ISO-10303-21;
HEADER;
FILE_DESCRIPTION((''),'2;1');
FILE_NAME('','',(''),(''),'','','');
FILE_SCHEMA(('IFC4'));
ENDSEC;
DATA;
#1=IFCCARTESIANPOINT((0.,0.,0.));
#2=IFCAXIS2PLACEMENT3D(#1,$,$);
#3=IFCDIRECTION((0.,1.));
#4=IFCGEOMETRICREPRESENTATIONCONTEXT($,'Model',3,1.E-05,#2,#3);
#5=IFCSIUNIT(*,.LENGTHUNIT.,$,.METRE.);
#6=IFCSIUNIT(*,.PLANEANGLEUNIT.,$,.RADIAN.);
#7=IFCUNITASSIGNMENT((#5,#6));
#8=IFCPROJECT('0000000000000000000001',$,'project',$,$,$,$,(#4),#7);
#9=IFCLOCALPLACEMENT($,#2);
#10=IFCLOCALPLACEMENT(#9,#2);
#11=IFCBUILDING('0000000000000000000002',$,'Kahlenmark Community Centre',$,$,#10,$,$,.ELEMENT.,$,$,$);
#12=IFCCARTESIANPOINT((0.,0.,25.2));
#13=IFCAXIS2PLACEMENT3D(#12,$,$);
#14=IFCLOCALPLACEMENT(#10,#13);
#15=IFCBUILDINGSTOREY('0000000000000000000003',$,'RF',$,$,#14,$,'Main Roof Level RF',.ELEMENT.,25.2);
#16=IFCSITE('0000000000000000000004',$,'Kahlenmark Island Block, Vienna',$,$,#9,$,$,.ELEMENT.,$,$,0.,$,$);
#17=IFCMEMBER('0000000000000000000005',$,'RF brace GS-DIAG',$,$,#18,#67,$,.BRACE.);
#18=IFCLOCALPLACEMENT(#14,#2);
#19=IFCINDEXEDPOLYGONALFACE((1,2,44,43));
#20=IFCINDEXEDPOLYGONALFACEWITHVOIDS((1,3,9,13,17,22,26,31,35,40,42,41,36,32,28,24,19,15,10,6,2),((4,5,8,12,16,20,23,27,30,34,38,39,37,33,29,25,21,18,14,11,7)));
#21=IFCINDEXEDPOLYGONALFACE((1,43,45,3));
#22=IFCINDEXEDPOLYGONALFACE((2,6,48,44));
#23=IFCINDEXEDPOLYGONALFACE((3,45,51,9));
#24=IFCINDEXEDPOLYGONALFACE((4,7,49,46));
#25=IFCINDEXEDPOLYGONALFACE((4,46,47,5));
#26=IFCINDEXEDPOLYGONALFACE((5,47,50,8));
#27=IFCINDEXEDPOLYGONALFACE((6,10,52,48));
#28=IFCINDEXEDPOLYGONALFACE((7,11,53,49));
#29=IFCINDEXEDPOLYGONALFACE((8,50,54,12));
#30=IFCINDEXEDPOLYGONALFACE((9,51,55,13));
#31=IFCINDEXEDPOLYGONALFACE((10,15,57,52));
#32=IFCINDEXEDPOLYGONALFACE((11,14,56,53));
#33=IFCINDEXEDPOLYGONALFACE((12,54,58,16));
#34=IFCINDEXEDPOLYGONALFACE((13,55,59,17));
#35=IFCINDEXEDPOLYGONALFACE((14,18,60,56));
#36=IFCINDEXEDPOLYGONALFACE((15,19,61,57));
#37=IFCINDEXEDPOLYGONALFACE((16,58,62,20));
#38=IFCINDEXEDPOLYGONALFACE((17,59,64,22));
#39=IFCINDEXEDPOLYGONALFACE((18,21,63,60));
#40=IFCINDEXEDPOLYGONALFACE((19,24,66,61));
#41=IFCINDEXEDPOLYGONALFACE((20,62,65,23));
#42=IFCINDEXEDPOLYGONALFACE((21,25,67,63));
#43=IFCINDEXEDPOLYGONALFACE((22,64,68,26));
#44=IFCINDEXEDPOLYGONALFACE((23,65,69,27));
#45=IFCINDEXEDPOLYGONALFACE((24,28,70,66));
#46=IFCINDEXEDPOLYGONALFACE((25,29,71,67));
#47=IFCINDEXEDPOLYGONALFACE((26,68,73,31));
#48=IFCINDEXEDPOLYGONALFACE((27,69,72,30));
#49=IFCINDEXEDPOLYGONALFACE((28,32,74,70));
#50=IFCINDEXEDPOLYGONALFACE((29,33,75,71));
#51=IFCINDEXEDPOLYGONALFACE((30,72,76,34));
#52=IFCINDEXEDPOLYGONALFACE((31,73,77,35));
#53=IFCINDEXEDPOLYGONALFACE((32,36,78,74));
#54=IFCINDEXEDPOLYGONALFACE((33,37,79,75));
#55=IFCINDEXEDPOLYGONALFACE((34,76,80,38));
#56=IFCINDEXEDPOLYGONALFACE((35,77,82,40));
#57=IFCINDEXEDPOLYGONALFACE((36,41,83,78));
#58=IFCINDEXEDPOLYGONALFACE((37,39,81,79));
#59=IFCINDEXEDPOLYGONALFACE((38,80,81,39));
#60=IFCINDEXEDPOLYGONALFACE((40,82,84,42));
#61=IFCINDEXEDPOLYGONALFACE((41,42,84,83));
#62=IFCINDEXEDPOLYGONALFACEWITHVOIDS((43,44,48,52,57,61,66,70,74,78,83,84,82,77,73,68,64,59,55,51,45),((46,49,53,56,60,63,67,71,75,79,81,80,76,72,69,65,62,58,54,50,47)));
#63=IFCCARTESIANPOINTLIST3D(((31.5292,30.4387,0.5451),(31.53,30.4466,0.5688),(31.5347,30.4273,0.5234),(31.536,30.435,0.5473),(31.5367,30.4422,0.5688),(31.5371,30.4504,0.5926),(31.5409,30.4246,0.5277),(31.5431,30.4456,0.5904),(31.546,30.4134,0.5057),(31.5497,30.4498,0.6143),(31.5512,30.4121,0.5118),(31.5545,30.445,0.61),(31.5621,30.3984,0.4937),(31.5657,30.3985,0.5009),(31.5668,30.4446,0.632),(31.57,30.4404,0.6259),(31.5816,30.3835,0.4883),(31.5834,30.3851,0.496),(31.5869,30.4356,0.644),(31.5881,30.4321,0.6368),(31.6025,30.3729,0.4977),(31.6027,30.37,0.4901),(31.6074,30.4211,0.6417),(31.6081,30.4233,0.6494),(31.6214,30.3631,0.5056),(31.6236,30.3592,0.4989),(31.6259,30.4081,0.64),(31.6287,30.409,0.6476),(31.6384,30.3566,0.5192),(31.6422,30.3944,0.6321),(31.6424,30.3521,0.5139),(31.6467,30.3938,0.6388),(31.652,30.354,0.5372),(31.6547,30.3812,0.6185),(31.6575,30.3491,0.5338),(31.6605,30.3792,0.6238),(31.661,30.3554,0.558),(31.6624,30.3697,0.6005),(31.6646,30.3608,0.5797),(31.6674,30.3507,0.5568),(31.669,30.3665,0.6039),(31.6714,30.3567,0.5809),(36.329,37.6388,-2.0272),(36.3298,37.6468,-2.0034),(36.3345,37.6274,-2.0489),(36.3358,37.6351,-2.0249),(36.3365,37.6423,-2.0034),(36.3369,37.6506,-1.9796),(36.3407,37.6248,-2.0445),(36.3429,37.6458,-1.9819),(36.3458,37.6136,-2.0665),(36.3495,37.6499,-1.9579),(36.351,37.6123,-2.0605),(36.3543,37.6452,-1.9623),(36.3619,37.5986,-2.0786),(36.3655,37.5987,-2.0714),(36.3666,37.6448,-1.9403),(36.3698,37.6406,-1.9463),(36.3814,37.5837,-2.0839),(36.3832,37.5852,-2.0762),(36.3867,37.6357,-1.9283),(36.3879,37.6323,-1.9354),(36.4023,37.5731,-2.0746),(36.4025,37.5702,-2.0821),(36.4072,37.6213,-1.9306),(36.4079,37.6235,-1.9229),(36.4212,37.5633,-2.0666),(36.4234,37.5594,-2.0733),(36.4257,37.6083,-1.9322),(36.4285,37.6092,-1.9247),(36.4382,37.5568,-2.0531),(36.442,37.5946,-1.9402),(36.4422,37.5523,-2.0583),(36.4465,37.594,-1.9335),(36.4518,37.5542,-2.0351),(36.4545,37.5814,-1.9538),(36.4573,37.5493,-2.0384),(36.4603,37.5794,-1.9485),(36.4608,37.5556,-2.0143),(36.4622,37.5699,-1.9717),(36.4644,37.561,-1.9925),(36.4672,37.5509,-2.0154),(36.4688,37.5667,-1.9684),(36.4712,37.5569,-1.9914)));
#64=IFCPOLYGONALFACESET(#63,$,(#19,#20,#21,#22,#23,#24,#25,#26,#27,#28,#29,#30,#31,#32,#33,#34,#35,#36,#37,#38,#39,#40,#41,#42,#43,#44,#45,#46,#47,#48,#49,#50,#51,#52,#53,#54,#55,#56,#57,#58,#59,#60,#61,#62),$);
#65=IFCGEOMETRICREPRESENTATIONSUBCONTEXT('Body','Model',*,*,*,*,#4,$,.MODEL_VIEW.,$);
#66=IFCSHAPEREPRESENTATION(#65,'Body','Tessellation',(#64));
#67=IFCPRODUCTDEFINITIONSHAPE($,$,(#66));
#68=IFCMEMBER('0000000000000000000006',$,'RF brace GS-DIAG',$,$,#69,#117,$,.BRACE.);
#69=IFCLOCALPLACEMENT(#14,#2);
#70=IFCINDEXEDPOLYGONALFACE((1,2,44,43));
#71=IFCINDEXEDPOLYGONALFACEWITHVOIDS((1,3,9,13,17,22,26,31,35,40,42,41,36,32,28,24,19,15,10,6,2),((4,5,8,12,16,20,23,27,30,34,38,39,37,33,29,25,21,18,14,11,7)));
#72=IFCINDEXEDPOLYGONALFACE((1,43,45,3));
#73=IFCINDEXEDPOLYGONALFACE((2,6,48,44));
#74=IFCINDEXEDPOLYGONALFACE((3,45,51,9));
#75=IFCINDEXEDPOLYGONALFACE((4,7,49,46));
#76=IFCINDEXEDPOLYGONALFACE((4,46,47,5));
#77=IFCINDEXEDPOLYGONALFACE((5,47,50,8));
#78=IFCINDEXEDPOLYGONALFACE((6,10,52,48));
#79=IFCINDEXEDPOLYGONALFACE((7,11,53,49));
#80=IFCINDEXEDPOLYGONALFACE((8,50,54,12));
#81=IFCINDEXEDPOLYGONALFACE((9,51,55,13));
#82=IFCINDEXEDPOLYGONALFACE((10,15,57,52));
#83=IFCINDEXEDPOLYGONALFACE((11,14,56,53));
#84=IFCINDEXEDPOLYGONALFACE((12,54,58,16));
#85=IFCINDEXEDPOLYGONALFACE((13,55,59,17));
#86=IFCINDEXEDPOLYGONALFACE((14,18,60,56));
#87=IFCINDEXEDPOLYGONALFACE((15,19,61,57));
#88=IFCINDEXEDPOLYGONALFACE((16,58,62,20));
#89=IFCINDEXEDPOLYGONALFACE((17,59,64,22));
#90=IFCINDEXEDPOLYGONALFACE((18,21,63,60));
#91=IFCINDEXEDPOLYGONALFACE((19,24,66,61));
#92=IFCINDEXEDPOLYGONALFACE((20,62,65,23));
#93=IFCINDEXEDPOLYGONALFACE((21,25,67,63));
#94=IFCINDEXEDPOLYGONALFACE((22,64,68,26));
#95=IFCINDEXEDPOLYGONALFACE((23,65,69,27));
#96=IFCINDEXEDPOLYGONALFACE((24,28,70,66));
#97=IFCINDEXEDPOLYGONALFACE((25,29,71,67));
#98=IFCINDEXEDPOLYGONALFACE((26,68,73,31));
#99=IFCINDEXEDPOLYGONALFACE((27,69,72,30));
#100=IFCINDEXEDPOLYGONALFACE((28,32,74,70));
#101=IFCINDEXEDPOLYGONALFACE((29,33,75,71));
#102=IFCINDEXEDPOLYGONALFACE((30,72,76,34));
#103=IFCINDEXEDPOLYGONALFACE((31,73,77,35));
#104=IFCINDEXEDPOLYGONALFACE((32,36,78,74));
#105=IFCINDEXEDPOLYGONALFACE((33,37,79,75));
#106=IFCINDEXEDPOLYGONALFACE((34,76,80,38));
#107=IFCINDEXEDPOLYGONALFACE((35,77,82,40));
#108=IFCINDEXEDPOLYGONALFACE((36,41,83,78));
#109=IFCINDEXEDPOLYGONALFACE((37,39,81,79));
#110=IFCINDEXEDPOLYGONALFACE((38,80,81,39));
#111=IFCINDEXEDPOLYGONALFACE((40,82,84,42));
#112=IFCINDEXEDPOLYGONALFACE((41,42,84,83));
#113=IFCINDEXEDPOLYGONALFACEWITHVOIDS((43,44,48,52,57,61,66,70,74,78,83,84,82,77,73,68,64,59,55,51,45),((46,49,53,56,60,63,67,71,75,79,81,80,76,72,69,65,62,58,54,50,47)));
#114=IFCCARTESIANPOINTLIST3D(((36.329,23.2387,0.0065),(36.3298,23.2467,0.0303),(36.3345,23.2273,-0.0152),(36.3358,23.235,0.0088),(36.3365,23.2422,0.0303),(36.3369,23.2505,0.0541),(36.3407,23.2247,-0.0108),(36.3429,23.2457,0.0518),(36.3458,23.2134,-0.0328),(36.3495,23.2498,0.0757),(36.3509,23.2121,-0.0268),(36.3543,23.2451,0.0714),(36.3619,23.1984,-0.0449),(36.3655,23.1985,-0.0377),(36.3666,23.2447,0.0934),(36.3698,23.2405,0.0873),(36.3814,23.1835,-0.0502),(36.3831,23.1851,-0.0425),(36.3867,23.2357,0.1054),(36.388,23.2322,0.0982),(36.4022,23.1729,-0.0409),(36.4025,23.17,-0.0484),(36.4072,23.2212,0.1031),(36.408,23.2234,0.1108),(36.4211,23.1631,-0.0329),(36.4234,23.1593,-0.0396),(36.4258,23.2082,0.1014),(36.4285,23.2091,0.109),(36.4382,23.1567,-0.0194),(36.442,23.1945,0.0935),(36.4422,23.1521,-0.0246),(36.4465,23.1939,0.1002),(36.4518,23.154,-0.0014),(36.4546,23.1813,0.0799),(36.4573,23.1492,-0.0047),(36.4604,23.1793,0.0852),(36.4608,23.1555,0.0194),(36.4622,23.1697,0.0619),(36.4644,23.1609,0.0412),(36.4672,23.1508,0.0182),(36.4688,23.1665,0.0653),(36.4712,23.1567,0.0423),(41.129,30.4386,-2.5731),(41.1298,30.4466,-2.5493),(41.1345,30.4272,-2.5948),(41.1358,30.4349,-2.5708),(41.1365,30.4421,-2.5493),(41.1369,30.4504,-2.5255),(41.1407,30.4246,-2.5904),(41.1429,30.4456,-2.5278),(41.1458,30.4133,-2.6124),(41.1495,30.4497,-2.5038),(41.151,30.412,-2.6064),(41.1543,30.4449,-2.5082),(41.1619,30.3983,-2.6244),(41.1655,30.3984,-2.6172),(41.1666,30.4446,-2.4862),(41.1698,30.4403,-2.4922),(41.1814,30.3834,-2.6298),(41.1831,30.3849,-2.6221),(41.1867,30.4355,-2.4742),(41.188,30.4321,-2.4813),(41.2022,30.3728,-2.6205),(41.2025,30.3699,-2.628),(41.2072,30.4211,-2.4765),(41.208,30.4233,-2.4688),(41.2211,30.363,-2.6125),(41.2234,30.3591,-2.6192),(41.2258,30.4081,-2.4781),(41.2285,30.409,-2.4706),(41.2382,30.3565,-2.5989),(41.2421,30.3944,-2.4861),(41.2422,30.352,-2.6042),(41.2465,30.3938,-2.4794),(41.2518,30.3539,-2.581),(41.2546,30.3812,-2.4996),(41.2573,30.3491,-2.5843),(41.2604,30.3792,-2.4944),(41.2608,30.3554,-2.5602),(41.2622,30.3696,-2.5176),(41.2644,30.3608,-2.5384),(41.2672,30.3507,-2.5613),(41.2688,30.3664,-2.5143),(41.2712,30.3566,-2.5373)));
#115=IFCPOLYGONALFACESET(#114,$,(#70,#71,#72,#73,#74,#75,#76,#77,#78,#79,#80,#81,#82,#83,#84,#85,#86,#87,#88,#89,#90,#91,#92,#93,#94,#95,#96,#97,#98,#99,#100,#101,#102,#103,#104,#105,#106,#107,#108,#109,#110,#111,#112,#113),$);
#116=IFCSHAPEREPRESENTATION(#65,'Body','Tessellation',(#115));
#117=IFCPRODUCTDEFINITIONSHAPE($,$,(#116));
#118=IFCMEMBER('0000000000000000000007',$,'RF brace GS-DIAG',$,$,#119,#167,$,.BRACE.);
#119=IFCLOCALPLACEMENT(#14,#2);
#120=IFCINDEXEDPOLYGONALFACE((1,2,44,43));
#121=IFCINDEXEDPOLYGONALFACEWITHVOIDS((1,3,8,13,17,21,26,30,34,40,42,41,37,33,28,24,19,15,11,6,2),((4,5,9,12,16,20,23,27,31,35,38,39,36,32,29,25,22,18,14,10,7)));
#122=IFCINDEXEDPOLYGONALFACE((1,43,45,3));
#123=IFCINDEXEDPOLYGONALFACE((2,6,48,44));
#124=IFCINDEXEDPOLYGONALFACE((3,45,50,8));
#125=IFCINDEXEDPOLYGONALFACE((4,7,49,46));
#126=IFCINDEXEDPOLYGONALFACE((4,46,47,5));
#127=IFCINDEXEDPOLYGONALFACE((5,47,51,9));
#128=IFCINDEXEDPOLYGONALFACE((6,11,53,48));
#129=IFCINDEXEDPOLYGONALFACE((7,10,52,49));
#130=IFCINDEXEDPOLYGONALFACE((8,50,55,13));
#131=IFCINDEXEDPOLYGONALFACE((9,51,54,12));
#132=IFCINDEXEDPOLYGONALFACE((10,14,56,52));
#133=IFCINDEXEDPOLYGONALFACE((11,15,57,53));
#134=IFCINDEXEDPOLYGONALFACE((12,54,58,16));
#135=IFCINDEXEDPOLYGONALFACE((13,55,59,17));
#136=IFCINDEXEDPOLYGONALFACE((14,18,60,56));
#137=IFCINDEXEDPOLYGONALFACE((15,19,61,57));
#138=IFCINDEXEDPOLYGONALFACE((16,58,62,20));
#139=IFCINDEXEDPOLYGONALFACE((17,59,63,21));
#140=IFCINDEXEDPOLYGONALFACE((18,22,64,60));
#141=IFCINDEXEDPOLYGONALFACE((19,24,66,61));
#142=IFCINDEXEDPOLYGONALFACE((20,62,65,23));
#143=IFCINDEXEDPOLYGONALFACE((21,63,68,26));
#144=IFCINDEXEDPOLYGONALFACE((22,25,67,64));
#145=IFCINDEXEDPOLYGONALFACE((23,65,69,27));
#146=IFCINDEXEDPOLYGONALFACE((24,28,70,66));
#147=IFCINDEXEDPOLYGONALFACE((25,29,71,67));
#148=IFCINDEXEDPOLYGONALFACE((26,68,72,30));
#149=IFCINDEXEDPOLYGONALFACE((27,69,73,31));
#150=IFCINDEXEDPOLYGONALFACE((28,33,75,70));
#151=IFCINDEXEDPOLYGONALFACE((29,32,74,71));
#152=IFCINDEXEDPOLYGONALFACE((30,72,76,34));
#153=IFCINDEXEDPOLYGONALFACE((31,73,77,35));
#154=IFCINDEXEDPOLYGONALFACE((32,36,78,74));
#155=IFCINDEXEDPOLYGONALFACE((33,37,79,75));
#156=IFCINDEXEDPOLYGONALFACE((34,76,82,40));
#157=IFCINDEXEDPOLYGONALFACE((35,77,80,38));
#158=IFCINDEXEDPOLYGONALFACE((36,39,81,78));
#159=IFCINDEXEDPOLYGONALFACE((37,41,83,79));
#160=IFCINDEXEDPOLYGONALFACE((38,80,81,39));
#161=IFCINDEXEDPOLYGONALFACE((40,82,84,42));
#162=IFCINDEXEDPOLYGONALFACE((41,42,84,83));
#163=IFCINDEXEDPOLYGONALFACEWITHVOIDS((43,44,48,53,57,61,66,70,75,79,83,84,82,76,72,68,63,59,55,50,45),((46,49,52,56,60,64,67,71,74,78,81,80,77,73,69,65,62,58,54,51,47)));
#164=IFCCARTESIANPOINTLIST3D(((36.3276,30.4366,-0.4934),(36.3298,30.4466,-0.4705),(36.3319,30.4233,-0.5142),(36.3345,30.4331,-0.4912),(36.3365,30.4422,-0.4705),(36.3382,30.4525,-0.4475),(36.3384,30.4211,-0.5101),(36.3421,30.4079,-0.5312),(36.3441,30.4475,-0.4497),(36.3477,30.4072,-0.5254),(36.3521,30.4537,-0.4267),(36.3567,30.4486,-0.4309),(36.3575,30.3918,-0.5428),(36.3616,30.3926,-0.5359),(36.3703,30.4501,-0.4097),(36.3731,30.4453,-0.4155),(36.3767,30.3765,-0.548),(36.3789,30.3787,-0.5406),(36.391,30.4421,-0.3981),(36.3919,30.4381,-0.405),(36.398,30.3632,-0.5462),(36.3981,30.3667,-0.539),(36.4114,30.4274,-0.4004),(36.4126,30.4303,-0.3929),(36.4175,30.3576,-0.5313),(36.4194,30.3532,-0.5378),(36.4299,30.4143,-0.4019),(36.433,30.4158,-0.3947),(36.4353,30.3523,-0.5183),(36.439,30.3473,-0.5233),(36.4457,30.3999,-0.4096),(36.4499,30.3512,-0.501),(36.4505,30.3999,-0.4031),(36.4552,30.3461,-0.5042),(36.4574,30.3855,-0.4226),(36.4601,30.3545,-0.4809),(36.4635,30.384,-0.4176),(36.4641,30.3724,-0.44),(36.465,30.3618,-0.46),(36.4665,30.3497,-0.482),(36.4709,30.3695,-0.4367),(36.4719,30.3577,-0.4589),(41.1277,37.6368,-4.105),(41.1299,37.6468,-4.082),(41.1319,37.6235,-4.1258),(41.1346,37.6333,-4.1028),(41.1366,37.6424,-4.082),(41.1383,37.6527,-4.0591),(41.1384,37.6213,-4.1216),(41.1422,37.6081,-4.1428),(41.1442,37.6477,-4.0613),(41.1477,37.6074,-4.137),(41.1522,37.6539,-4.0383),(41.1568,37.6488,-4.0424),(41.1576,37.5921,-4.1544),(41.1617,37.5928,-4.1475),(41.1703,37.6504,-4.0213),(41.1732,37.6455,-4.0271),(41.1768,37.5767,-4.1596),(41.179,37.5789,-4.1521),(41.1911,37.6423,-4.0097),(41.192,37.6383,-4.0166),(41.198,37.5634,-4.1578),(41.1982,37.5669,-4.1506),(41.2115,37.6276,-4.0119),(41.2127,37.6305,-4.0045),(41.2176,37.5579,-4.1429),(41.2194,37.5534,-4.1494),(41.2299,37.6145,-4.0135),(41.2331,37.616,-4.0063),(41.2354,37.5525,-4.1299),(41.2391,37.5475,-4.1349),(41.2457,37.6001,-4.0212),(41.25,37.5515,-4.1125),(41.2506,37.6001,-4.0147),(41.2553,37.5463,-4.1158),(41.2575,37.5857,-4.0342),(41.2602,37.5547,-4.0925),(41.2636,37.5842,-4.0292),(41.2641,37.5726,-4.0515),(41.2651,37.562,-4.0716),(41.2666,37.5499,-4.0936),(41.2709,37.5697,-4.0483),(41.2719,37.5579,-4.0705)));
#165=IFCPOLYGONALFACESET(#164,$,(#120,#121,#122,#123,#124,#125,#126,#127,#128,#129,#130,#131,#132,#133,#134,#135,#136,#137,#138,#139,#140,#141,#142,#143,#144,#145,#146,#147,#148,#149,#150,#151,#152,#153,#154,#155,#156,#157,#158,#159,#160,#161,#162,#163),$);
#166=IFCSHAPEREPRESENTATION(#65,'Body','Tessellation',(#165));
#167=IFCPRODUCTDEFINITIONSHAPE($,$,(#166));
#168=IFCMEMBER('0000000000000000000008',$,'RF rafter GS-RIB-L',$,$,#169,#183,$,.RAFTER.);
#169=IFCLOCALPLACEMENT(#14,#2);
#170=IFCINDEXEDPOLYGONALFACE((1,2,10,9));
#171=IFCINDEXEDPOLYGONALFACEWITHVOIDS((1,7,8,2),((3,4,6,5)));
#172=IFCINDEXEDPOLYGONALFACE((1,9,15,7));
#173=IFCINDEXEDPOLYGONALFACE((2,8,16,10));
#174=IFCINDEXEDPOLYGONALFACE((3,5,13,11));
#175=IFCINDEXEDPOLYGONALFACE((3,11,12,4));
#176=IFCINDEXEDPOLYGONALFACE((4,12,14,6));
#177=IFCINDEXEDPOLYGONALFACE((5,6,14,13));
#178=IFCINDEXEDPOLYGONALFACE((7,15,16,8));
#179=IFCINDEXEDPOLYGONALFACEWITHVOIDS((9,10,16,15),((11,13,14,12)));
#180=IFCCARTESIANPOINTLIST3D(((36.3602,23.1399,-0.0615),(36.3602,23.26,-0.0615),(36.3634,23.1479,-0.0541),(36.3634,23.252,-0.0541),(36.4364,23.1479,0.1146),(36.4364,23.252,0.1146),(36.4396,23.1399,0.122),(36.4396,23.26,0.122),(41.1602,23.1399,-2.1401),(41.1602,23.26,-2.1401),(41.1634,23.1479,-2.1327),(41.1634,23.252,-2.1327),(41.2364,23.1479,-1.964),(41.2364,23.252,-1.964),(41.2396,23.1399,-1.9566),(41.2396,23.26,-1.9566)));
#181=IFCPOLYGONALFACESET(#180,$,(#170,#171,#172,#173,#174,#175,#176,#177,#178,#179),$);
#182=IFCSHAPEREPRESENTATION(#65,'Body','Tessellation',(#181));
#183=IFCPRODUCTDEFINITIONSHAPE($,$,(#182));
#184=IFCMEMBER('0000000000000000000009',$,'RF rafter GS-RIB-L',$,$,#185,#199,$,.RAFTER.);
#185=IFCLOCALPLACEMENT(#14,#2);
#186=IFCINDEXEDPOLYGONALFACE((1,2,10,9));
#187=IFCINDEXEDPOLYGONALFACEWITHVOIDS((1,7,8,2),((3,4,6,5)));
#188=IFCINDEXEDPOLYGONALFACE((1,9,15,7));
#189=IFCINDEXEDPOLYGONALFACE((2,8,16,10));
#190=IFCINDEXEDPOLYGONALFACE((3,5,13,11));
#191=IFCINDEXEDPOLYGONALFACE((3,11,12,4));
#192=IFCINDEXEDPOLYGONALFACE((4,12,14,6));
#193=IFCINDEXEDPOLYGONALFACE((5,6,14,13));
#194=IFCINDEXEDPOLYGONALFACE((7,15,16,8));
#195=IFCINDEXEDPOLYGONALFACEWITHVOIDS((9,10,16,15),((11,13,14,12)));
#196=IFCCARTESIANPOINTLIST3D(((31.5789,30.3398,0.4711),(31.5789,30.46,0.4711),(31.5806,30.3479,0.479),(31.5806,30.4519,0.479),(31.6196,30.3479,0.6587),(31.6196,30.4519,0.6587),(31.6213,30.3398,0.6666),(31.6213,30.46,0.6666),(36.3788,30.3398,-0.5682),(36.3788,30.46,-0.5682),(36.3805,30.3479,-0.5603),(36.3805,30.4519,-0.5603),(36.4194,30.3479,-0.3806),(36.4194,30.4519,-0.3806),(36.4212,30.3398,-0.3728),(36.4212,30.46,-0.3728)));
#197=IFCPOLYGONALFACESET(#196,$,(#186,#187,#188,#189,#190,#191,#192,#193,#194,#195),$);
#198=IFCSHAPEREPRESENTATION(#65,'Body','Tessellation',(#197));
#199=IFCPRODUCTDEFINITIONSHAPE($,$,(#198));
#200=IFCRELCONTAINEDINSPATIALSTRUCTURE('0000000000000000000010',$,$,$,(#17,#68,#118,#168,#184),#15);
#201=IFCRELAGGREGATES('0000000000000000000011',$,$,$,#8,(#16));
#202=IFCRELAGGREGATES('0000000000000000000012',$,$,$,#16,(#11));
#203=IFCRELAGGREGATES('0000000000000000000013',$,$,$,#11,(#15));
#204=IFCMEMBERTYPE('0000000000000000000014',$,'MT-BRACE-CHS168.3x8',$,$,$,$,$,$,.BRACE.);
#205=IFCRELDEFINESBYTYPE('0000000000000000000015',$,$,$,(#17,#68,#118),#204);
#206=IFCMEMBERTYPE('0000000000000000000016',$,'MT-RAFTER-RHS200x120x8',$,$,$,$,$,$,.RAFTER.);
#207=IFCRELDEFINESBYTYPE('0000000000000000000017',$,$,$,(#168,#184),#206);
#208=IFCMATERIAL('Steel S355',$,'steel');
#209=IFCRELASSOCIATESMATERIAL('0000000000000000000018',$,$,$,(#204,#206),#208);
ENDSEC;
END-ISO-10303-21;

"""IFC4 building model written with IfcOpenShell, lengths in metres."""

from ifc_helpers import new_model, si_unit, direction, frame, origin, origin_2d, place, context, subcontext, project, spatial, hollow_rectangle, hollow_circle, extrude, material, material_profile, profile_set, type_object, element, save


model = new_model("IFC4")

# Units and contexts
model_context = context("Model", 3, precision=1e-05, world=origin(), true_north=direction((0.0, 1.0)))
body_context = subcontext(model_context, "Body", "Model", "MODEL_VIEW")
ifc_project = project(units=[si_unit("LENGTHUNIT", "METRE"), si_unit("PLANEANGLEUNIT", "RADIAN")], contexts=[model_context])

# Site, building, storey
site_placement = place(None, origin())
site = spatial("IfcSite", under=ifc_project, at=site_placement, Name="Kahlenmark Island Block, Vienna", CompositionType="ELEMENT", RefElevation=0.0)
building_placement = place(site_placement, origin())
building = spatial("IfcBuilding", under=site, at=building_placement, Name="Kahlenmark Community Centre", CompositionType="ELEMENT")
storey_placement = place(building_placement, frame((0.0, 0.0, 25.2)))
storey = spatial("IfcBuildingStorey", under=building, at=storey_placement, Name="RF", LongName="Main Roof Level RF", CompositionType="ELEMENT", Elevation=25.2)

# Members
ifc_material_1 = material(Name="Steel S355", Category="steel")
ifc_material_profile_1 = material_profile(ifc_material_1, hollow_circle(Radius=0.0842, WallThickness=0.0081, at=origin_2d()), Name="CHS 168.3x8")
ifc_profile_set_1 = profile_set([ifc_material_profile_1], Name="Steel S355")
member_type_1 = type_object("IfcMemberType", Name="MT-BRACE-CHS168.3x8", PredefinedType="BRACE", material=ifc_profile_set_1)
member_1_placement = place(storey_placement, frame((31.6001, 30.3999, 0.5688), z_axis=(0.531681, 0.797576, -0.284934), x_axis=(-0.832068, 0.554674, 0.0)))
element("IfcMember", 1, at=member_1_placement, inside=storey, type_object=member_type_1, Name="RF brace GS-DIAG", PredefinedType="BRACE", context=body_context, shape_type="SweptSolid", body=[
    extrude(hollow_circle(Radius=0.0842, WallThickness=0.0081, at=origin_2d()), origin(), (0.0, 0.0, 1.0), 9.0276),
])
member_2_placement = place(storey_placement, frame((36.3999, 23.2, 0.0303), z_axis=(0.531589, 0.79737, -0.285681), x_axis=(-0.832046, 0.554707, 0.0)))
element("IfcMember", 2, at=member_2_placement, inside=storey, type_object=member_type_1, Name="RF brace GS-DIAG", PredefinedType="BRACE", context=body_context, shape_type="SweptSolid", body=[
    extrude(hollow_circle(Radius=0.0842, WallThickness=0.0081, at=origin_2d()), origin(), (0.0, 0.0, 1.0), 9.0295),
])
member_3_placement = place(storey_placement, frame((36.3999, 30.3999, -0.4705), z_axis=(0.5119, 0.767863, -0.385155), x_axis=(-0.832055, 0.554694, 0.0)))
element("IfcMember", 3, at=member_3_placement, inside=storey, type_object=member_type_1, Name="RF brace GS-DIAG", PredefinedType="BRACE", context=body_context, shape_type="SweptSolid", body=[
    extrude(hollow_circle(Radius=0.0842, WallThickness=0.0081, at=origin_2d()), origin(), (0.0, 0.0, 1.0), 9.377),
])
ifc_material_profile_2 = material_profile(ifc_material_1, hollow_rectangle(XDim=0.1201, YDim=0.2, WallThickness=0.0081, at=origin_2d()), Name="RHS 200x120x8")
ifc_profile_set_2 = profile_set([ifc_material_profile_2], Name="Steel S355")
member_type_2 = type_object("IfcMemberType", Name="MT-RAFTER-RHS200x120x8", PredefinedType="RAFTER", material=ifc_profile_set_2)
member_4_placement = place(storey_placement, frame((36.3999, 23.2, 0.0303), z_axis=(0.917654, 0.0, -0.397381), x_axis=(0.0, 1.0, 0.0)))
element("IfcMember", 4, at=member_4_placement, inside=storey, type_object=member_type_2, Name="RF rafter GS-RIB-L", PredefinedType="RAFTER", context=body_context, shape_type="SweptSolid", body=[
    extrude(hollow_rectangle(XDim=0.1201, YDim=0.2, WallThickness=0.0081, at=origin_2d()), origin(), (0.0, 0.0, 1.0), 5.2307),
])
member_5_placement = place(storey_placement, frame((31.6001, 30.3999, 0.5688), z_axis=(0.977351, 0.0, -0.211627), x_axis=(0.0, 1.0, 0.0)))
element("IfcMember", 5, at=member_5_placement, inside=storey, type_object=member_type_2, Name="RF rafter GS-RIB-L", PredefinedType="RAFTER", context=body_context, shape_type="SweptSolid", body=[
    extrude(hollow_rectangle(XDim=0.1201, YDim=0.2, WallThickness=0.0081, at=origin_2d()), origin(), (0.0, 0.0, 1.0), 4.9111),
])

save(model, "model.ifc")
